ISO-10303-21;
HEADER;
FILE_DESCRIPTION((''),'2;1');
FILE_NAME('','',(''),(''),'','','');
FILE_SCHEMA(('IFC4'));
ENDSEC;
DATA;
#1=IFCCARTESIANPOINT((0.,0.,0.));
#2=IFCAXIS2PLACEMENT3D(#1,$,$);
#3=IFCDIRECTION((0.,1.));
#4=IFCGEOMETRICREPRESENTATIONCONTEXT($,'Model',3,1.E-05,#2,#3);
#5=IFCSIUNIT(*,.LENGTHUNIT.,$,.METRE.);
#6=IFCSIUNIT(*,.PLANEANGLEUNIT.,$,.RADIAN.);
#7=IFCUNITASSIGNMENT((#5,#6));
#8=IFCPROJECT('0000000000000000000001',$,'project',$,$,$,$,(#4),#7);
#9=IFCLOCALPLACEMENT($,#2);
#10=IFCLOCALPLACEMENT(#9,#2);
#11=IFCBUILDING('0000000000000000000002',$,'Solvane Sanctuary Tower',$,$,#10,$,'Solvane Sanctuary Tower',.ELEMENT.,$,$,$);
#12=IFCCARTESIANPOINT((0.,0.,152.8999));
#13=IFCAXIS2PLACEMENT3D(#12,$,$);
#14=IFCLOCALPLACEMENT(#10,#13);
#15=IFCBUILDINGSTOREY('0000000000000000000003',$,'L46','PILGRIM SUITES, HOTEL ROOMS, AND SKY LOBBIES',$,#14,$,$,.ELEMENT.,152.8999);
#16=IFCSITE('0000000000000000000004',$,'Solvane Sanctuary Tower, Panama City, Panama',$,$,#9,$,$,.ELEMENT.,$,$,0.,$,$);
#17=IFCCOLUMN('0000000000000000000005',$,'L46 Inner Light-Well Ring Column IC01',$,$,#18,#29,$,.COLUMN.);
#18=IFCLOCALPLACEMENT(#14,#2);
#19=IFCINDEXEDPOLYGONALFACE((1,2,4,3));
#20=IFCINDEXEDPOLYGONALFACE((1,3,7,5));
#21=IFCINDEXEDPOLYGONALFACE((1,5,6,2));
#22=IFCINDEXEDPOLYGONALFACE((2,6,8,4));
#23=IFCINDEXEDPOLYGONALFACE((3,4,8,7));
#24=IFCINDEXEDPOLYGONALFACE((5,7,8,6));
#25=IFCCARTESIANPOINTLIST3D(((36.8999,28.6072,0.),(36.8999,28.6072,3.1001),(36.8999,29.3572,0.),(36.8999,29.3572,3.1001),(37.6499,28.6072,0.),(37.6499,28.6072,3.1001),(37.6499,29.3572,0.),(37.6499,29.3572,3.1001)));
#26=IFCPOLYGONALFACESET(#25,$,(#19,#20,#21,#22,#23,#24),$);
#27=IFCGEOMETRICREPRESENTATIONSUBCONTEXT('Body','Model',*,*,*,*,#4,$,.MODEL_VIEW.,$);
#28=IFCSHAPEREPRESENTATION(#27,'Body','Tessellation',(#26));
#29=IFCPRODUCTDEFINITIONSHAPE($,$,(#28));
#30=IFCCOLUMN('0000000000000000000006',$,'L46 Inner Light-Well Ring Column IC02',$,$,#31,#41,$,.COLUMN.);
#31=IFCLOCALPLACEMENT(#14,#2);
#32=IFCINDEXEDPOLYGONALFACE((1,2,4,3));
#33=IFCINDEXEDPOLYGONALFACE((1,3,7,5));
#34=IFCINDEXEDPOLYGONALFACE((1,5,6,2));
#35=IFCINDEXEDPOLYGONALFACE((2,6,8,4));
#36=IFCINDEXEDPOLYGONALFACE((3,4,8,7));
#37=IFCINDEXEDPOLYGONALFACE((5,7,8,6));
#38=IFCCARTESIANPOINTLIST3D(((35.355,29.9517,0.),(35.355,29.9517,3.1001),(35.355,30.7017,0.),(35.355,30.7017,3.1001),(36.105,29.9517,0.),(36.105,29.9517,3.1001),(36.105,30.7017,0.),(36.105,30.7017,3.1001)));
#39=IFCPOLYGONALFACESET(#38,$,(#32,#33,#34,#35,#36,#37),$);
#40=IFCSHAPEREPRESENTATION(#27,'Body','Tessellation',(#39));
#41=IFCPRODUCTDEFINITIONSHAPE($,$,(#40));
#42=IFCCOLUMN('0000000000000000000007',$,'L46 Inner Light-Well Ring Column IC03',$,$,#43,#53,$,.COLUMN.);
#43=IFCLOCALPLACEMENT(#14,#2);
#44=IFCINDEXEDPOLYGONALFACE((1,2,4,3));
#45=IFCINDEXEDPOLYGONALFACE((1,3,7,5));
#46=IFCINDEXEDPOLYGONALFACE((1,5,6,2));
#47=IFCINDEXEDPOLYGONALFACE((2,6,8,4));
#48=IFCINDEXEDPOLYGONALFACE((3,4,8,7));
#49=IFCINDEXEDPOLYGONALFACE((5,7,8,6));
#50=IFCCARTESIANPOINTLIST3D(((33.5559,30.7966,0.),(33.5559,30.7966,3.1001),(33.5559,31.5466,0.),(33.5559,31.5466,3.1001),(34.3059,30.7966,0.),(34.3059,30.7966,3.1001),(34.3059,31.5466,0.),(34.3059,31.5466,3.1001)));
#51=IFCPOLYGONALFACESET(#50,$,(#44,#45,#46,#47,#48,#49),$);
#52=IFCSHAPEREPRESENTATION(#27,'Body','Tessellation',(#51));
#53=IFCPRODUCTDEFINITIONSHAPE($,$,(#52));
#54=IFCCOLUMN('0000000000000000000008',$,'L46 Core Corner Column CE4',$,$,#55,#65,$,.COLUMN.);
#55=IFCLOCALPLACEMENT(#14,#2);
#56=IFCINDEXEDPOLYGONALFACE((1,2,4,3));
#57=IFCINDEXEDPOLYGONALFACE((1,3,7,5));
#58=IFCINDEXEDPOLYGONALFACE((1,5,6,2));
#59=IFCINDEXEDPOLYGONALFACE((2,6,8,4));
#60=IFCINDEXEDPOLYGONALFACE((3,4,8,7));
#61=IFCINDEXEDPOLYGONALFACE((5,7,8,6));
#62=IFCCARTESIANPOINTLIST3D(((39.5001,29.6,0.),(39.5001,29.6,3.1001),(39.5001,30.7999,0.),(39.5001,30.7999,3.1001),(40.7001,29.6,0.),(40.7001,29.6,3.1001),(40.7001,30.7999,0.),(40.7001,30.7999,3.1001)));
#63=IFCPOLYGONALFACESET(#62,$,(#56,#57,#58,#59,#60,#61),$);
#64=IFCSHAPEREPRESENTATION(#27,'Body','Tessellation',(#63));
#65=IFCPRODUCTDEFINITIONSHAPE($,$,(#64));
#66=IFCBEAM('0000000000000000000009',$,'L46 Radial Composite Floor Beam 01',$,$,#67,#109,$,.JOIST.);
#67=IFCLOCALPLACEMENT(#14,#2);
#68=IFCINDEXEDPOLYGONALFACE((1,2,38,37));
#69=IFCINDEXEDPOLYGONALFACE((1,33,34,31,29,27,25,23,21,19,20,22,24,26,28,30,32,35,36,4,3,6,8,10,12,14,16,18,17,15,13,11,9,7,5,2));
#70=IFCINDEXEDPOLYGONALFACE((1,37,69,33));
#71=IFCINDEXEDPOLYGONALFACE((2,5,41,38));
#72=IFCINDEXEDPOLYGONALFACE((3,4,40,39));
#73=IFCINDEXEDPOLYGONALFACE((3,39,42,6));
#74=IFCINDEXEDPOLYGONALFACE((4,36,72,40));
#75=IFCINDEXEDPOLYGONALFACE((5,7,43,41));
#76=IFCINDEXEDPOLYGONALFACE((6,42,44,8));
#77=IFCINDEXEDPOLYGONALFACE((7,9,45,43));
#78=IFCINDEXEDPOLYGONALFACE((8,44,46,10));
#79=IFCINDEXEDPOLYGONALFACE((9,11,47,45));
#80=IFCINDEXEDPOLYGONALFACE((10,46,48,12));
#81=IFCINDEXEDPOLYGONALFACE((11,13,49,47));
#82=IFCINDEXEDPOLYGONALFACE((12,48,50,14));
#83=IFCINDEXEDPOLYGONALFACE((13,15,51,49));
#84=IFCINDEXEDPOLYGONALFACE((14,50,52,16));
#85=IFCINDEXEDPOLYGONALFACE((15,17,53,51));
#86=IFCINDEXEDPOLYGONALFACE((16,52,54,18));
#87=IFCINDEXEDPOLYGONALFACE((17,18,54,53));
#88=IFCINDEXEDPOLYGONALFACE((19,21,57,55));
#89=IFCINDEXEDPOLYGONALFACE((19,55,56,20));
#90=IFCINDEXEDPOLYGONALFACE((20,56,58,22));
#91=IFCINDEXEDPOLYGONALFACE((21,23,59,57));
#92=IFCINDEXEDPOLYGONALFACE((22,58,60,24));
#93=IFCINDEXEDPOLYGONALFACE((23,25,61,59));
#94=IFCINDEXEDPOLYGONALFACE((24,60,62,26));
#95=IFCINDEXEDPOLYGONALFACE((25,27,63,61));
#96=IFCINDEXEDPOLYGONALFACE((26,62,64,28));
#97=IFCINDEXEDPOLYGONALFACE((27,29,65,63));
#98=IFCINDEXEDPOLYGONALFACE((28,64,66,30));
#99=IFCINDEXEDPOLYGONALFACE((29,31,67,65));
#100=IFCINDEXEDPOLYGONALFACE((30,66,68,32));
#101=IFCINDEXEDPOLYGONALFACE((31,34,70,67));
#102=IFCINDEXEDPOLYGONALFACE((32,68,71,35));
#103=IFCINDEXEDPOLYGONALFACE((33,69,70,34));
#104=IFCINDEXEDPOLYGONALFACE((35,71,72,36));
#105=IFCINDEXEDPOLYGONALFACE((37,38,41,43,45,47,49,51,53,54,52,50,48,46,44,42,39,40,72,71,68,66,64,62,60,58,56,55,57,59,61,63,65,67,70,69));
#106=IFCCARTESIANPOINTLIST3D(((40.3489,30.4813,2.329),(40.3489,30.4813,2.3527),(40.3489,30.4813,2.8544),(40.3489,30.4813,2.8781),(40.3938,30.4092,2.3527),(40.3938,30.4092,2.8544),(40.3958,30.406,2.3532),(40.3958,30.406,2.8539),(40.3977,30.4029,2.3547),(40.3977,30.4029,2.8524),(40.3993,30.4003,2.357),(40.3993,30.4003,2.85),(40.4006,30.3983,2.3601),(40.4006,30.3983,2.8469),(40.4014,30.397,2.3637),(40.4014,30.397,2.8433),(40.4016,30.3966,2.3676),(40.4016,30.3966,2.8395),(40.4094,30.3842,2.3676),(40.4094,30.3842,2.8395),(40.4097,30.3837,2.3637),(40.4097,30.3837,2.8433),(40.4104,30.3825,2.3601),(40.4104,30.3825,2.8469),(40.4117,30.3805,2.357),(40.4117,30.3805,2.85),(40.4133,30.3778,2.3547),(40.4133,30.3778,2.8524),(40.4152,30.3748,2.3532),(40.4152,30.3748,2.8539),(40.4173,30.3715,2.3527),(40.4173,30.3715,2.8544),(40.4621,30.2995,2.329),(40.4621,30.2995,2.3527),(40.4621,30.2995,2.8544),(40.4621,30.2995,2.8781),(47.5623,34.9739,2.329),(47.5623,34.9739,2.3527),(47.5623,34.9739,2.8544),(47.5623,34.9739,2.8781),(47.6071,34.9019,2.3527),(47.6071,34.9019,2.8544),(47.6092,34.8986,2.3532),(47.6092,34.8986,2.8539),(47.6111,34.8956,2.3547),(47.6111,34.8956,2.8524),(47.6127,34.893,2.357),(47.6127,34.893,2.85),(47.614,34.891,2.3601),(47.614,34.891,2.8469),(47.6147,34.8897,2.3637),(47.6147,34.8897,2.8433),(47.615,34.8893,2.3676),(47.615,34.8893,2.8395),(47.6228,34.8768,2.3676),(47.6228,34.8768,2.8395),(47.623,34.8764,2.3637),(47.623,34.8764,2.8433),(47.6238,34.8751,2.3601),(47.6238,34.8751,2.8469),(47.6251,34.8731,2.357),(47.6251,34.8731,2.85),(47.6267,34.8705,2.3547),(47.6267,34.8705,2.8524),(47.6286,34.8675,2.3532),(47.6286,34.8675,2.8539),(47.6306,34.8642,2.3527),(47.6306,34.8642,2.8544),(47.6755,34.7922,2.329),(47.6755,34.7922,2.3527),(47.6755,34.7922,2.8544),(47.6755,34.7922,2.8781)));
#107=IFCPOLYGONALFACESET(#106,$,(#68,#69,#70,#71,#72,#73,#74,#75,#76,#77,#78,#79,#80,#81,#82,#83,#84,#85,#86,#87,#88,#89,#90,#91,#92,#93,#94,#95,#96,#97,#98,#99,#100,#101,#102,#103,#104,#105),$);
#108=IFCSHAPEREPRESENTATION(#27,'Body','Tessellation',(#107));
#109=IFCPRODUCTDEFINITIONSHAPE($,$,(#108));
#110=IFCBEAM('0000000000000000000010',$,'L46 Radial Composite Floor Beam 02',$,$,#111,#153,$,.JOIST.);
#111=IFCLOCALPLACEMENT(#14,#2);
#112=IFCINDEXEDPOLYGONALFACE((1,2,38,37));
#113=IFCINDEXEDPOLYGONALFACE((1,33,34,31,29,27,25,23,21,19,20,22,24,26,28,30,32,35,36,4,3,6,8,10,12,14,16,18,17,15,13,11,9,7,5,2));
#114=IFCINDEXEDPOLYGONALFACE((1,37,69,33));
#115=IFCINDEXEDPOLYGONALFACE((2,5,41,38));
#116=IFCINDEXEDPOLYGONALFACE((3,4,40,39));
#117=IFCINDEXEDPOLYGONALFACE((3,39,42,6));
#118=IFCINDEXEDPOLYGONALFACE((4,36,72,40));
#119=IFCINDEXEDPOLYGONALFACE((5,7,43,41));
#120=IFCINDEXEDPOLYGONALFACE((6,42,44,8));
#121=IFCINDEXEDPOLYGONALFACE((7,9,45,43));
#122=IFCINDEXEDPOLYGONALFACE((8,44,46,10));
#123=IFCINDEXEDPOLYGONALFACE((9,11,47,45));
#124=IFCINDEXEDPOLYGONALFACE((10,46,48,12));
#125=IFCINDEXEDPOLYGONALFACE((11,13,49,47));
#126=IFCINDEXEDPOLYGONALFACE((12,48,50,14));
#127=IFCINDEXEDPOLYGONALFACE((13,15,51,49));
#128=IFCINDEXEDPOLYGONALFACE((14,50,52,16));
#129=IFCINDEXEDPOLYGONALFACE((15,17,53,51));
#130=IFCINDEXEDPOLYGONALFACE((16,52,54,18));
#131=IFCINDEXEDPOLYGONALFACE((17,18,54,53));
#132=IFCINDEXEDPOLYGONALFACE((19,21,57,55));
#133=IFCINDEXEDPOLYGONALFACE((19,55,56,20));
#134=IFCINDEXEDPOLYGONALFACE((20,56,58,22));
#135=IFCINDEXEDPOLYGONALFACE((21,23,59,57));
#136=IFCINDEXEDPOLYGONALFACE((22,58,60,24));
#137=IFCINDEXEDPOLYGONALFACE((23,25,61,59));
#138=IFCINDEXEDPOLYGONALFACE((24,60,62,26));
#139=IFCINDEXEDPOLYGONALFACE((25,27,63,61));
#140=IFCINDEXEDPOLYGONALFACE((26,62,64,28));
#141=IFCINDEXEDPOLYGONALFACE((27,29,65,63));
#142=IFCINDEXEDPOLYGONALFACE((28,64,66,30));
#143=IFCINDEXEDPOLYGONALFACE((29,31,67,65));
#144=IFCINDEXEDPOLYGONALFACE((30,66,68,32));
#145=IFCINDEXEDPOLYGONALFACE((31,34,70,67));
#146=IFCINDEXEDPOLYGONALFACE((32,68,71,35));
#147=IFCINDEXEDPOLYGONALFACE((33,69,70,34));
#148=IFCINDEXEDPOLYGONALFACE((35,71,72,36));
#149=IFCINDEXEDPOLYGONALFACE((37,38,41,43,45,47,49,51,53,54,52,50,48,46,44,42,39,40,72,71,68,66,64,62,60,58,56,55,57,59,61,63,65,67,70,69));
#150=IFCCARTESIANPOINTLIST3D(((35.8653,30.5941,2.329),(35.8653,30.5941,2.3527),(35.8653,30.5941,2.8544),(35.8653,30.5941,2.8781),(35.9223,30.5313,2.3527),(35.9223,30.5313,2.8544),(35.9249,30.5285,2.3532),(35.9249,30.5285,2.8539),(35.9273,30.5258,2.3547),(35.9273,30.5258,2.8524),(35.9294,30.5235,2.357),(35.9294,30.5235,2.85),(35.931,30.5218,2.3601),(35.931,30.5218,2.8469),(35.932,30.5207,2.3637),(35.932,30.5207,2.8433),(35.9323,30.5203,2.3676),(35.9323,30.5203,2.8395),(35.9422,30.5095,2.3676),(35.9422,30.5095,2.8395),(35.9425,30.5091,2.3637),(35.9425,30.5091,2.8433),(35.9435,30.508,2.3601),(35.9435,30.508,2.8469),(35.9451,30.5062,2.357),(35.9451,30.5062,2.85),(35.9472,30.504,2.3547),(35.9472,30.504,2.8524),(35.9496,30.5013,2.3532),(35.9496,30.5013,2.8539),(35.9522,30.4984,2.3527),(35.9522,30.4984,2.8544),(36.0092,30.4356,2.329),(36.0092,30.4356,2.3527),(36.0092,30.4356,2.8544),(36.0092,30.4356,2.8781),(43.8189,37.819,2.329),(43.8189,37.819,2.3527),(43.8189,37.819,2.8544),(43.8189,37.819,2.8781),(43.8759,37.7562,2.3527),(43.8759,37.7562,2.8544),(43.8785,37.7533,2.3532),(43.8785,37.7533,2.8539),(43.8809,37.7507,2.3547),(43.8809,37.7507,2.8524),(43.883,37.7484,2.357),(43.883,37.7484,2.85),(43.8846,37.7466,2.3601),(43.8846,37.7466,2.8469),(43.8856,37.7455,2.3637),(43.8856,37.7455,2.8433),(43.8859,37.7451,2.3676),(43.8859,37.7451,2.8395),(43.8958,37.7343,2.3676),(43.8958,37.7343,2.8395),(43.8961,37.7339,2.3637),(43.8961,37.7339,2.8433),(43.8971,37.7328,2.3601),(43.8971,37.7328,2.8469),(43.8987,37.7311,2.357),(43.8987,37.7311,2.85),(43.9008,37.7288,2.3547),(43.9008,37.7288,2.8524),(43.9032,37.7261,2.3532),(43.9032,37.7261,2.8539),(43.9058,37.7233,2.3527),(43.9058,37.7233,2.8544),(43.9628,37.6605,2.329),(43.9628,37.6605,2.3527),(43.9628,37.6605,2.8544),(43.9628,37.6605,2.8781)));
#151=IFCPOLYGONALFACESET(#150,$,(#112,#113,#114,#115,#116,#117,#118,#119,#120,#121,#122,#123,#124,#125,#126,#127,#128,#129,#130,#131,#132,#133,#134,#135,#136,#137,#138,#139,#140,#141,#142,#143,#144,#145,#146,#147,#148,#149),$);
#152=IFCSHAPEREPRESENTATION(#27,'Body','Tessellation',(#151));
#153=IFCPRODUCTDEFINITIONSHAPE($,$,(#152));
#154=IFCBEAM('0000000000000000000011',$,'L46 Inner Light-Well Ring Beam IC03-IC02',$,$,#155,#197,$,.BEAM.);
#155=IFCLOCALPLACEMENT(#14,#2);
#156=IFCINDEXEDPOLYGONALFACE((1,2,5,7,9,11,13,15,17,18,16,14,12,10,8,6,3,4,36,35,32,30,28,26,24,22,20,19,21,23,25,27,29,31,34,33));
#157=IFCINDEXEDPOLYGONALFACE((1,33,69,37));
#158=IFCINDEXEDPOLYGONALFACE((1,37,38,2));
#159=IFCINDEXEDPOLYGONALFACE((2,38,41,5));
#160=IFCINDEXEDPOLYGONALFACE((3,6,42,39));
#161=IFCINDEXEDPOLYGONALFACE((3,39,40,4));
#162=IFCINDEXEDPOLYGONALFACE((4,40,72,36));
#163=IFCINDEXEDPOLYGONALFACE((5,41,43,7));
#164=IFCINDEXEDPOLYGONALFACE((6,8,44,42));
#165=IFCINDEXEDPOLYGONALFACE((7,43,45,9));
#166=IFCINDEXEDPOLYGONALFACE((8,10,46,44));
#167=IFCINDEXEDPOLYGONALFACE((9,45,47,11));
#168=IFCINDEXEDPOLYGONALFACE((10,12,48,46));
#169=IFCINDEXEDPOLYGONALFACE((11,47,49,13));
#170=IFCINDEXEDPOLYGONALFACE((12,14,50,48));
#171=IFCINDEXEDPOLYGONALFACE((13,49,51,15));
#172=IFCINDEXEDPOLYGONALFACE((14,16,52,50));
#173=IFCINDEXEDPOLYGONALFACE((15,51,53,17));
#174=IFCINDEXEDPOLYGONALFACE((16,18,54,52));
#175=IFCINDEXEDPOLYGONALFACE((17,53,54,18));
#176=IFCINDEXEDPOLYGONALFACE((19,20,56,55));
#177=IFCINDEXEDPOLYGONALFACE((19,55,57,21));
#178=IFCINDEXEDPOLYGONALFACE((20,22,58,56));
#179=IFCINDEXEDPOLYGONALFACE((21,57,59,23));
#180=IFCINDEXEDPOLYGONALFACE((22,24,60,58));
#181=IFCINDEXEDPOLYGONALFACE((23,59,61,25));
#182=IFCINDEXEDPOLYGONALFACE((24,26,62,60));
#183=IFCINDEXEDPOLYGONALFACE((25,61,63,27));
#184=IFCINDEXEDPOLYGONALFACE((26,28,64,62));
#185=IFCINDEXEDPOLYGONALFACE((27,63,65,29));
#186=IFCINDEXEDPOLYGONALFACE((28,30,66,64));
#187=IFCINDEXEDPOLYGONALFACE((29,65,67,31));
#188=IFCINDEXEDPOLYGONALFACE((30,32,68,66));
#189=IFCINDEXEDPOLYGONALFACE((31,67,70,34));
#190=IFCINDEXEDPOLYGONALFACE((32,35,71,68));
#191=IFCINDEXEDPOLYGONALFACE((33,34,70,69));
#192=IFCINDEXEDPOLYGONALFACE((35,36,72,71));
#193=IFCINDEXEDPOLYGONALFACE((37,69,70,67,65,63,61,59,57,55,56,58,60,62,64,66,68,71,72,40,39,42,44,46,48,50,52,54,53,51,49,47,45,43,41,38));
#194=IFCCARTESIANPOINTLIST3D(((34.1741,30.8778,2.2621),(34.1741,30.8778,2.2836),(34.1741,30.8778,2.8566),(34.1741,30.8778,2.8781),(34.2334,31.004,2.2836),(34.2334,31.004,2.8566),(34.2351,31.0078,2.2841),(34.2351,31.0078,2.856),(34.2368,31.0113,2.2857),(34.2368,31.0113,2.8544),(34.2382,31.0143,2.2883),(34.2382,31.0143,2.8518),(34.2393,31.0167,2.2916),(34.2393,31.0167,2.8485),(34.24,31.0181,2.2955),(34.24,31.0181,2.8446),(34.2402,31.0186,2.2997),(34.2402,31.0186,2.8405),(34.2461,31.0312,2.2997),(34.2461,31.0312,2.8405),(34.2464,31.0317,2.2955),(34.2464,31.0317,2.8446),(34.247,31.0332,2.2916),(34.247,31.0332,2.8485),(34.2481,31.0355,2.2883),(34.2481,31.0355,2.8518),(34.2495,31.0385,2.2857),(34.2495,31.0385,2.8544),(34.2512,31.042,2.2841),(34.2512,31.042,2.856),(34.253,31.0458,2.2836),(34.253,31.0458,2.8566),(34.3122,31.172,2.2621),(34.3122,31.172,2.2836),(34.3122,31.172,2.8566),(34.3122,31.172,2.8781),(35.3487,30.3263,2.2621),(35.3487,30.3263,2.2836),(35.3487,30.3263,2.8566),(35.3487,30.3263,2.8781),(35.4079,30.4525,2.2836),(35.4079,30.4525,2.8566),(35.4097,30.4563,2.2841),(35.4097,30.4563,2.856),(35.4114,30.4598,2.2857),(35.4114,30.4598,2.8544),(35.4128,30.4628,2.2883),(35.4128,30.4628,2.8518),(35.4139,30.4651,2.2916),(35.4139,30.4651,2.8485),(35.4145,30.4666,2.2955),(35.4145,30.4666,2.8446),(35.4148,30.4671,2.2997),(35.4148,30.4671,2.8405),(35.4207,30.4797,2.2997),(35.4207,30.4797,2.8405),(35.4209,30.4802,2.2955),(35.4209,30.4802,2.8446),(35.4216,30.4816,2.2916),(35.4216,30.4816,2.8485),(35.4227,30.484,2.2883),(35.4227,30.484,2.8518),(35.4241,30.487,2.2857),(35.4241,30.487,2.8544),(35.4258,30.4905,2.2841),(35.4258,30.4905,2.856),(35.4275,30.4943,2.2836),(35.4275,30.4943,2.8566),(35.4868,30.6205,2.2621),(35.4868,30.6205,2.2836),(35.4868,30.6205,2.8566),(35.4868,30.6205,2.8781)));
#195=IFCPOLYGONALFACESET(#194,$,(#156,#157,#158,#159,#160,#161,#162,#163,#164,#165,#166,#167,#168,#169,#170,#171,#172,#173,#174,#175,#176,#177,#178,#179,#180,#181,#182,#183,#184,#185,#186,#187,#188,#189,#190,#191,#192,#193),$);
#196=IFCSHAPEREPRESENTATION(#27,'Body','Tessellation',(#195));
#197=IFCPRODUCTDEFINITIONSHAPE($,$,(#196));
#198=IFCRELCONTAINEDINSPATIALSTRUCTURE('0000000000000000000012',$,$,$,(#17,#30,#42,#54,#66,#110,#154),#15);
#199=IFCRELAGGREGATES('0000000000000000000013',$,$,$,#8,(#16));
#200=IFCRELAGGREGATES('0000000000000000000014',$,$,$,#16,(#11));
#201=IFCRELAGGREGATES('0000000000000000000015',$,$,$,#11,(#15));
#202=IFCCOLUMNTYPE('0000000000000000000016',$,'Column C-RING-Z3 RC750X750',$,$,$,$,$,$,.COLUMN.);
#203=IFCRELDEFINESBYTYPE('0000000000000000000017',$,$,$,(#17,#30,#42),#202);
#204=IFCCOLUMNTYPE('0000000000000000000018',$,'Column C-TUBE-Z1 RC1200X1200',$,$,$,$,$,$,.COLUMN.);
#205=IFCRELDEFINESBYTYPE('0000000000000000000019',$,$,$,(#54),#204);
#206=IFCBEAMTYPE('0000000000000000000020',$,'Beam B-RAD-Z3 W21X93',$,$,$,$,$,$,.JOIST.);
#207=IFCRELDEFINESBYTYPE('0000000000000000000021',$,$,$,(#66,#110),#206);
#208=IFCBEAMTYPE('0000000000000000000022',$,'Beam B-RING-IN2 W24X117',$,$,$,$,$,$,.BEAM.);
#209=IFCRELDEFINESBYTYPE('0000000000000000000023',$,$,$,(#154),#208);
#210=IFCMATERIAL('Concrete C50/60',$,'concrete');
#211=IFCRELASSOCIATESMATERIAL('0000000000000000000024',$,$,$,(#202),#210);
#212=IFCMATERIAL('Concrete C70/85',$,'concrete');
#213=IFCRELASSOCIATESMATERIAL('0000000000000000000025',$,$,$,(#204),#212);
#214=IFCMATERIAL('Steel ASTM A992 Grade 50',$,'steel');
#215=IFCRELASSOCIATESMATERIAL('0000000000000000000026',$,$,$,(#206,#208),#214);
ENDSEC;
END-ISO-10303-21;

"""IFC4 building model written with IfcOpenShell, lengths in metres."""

from ifc_helpers import new_model, si_unit, direction, frame, origin, origin_2d, place, context, subcontext, project, spatial, rectangle, i_section, extrude, material, material_profile, profile_set, type_object, element, save


model = new_model("IFC4")

# Units and contexts
model_context = context("Model", 3, precision=1e-05, world=origin(), true_north=direction((0.0, 1.0)))
body_context = subcontext(model_context, "Body", "Model", "MODEL_VIEW")
ifc_project = project(units=[si_unit("LENGTHUNIT", "METRE"), si_unit("PLANEANGLEUNIT", "RADIAN")], contexts=[model_context])

# Site, building, storey
site_placement = place(None, origin())
site = spatial("IfcSite", under=ifc_project, at=site_placement, Name="Solvane Sanctuary Tower, Panama City, Panama", CompositionType="ELEMENT", RefElevation=0.0)
building_placement = place(site_placement, origin())
building = spatial("IfcBuilding", under=site, at=building_placement, Name="Solvane Sanctuary Tower", LongName="Solvane Sanctuary Tower", CompositionType="ELEMENT")
storey_placement = place(building_placement, frame((0.0, 0.0, 152.8999)))
storey = spatial("IfcBuildingStorey", under=building, at=storey_placement, Name="L46", Description="PILGRIM SUITES, HOTEL ROOMS, AND SKY LOBBIES", CompositionType="ELEMENT", Elevation=152.8999)

# Columns
ifc_material_1 = material(Name="Concrete C50/60", Category="concrete")
ifc_material_profile_1 = material_profile(ifc_material_1, rectangle(XDim=0.75, YDim=0.75, at=origin_2d()), Name="RC750X750")
ifc_profile_set_1 = profile_set([ifc_material_profile_1], Name="Concrete C50/60")
column_type_1 = type_object("IfcColumnType", Name="Column C-RING-Z3 RC750X750", PredefinedType="COLUMN", material=ifc_profile_set_1)
for number, where, z_axis, x_axis, name in (
    (1, (37.2749, 28.9822, 0.0), (0.0, 0.0, 1.0), (1.0, 0.0, 0.0), "L46 Inner Light-Well Ring Column IC01"),
    (2, (35.73, 30.3267, 0.0), (0.0, 0.0, 1.0), (1.0, 0.0, 0.0), "L46 Inner Light-Well Ring Column IC02"),
    (3, (33.9309, 31.1716, 0.0), (0.0, 0.0, 1.0), (1.0, 0.0, 0.0), "L46 Inner Light-Well Ring Column IC03"),
):
    element("IfcColumn", number, at=place(storey_placement, frame(where, z_axis=z_axis, x_axis=x_axis)), inside=storey, type_object=column_type_1, Name=name, PredefinedType="COLUMN", context=body_context, shape_type="SweptSolid", body=[
        extrude(rectangle(XDim=0.75, YDim=0.75, at=origin_2d()), origin(), (0.0, 0.0, 1.0), 3.1001),
    ])
ifc_material_2 = material(Name="Concrete C70/85", Category="concrete")
ifc_material_profile_2 = material_profile(ifc_material_2, rectangle(XDim=1.2, YDim=1.2, at=origin_2d()), Name="RC1200X1200")
ifc_profile_set_2 = profile_set([ifc_material_profile_2], Name="Concrete C70/85")
column_type_2 = type_object("IfcColumnType", Name="Column C-TUBE-Z1 RC1200X1200", PredefinedType="COLUMN", material=ifc_profile_set_2)
column_placement = place(storey_placement, frame((40.1001, 30.2, 0.0), z_axis=(0.0, 0.0, 1.0), x_axis=(1.0, 0.0, 0.0)))
element("IfcColumn", 4, at=column_placement, inside=storey, type_object=column_type_2, Name="L46 Core Corner Column CE4", PredefinedType="COLUMN", context=body_context, shape_type="SweptSolid", body=[
    extrude(rectangle(XDim=1.2, YDim=1.2, at=origin_2d()), origin(), (0.0, 0.0, 1.0), 3.1001),
])

# Beams
ifc_material_3 = material(Name="Steel ASTM A992 Grade 50", Category="steel")
ifc_material_profile_3 = material_profile(ifc_material_3, i_section(OverallWidth=0.2141, OverallDepth=0.5491, WebThickness=0.0146, FlangeThickness=0.0237, FilletRadius=0.0149, at=origin_2d()), Name="W21X93")
ifc_profile_set_3 = profile_set([ifc_material_profile_3], Name="Steel ASTM A992 Grade 50")
beam_type_1 = type_object("IfcBeamType", Name="Beam B-RAD-Z3 W21X93", PredefinedType="JOIST", material=ifc_profile_set_3)
beam_1_placement = place(storey_placement, frame((40.4055, 30.3904, 2.6035), z_axis=(0.848827, 0.528671, 0.0), x_axis=(-0.528671, 0.848827, 0.0)))
element("IfcBeam", 5, at=beam_1_placement, inside=storey, type_object=beam_type_1, Name="L46 Radial Composite Floor Beam 01", PredefinedType="JOIST", context=body_context, shape_type="SweptSolid", body=[
    extrude(i_section(OverallWidth=0.2141, OverallDepth=0.5491, WebThickness=0.0146, FlangeThickness=0.0237, FilletRadius=0.0149, at=origin_2d()), origin(), (0.0, 0.0, 1.0), 8.498),
])
beam_2_placement = place(storey_placement, frame((35.9373, 30.5149, 2.6035), z_axis=(0.740204, 0.672382, 0.0), x_axis=(-0.672382, 0.740204, 0.0)))
element("IfcBeam", 6, at=beam_2_placement, inside=storey, type_object=beam_type_1, Name="L46 Radial Composite Floor Beam 02", PredefinedType="JOIST", context=body_context, shape_type="SweptSolid", body=[
    extrude(i_section(OverallWidth=0.2141, OverallDepth=0.5491, WebThickness=0.0146, FlangeThickness=0.0237, FilletRadius=0.0149, at=origin_2d()), origin(), (0.0, 0.0, 1.0), 10.7451),
])
ifc_material_profile_4 = material_profile(ifc_material_3, i_section(OverallWidth=0.325, OverallDepth=0.616, WebThickness=0.0139, FlangeThickness=0.0215, FilletRadius=0.0161, at=origin_2d()), Name="W24X117")
ifc_profile_set_4 = profile_set([ifc_material_profile_4], Name="Steel ASTM A992 Grade 50")
beam_type_2 = type_object("IfcBeamType", Name="Beam B-RING-IN2 W24X117", PredefinedType="BEAM", material=ifc_profile_set_4)
beam_3_placement = place(storey_placement, frame((34.2432, 31.0249, 2.5701), z_axis=(0.905181, -0.425027, 0.0), x_axis=(0.425027, 0.905181, 0.0)))
element("IfcBeam", 7, at=beam_3_placement, inside=storey, type_object=beam_type_2, Name="L46 Inner Light-Well Ring Beam IC03-IC02", PredefinedType="BEAM", context=body_context, shape_type="SweptSolid", body=[
    extrude(i_section(OverallWidth=0.325, OverallDepth=0.616, WebThickness=0.0139, FlangeThickness=0.0215, FilletRadius=0.0161, at=origin_2d()), origin(), (0.0, 0.0, 1.0), 1.2976),
])

save(model, "model.ifc")
